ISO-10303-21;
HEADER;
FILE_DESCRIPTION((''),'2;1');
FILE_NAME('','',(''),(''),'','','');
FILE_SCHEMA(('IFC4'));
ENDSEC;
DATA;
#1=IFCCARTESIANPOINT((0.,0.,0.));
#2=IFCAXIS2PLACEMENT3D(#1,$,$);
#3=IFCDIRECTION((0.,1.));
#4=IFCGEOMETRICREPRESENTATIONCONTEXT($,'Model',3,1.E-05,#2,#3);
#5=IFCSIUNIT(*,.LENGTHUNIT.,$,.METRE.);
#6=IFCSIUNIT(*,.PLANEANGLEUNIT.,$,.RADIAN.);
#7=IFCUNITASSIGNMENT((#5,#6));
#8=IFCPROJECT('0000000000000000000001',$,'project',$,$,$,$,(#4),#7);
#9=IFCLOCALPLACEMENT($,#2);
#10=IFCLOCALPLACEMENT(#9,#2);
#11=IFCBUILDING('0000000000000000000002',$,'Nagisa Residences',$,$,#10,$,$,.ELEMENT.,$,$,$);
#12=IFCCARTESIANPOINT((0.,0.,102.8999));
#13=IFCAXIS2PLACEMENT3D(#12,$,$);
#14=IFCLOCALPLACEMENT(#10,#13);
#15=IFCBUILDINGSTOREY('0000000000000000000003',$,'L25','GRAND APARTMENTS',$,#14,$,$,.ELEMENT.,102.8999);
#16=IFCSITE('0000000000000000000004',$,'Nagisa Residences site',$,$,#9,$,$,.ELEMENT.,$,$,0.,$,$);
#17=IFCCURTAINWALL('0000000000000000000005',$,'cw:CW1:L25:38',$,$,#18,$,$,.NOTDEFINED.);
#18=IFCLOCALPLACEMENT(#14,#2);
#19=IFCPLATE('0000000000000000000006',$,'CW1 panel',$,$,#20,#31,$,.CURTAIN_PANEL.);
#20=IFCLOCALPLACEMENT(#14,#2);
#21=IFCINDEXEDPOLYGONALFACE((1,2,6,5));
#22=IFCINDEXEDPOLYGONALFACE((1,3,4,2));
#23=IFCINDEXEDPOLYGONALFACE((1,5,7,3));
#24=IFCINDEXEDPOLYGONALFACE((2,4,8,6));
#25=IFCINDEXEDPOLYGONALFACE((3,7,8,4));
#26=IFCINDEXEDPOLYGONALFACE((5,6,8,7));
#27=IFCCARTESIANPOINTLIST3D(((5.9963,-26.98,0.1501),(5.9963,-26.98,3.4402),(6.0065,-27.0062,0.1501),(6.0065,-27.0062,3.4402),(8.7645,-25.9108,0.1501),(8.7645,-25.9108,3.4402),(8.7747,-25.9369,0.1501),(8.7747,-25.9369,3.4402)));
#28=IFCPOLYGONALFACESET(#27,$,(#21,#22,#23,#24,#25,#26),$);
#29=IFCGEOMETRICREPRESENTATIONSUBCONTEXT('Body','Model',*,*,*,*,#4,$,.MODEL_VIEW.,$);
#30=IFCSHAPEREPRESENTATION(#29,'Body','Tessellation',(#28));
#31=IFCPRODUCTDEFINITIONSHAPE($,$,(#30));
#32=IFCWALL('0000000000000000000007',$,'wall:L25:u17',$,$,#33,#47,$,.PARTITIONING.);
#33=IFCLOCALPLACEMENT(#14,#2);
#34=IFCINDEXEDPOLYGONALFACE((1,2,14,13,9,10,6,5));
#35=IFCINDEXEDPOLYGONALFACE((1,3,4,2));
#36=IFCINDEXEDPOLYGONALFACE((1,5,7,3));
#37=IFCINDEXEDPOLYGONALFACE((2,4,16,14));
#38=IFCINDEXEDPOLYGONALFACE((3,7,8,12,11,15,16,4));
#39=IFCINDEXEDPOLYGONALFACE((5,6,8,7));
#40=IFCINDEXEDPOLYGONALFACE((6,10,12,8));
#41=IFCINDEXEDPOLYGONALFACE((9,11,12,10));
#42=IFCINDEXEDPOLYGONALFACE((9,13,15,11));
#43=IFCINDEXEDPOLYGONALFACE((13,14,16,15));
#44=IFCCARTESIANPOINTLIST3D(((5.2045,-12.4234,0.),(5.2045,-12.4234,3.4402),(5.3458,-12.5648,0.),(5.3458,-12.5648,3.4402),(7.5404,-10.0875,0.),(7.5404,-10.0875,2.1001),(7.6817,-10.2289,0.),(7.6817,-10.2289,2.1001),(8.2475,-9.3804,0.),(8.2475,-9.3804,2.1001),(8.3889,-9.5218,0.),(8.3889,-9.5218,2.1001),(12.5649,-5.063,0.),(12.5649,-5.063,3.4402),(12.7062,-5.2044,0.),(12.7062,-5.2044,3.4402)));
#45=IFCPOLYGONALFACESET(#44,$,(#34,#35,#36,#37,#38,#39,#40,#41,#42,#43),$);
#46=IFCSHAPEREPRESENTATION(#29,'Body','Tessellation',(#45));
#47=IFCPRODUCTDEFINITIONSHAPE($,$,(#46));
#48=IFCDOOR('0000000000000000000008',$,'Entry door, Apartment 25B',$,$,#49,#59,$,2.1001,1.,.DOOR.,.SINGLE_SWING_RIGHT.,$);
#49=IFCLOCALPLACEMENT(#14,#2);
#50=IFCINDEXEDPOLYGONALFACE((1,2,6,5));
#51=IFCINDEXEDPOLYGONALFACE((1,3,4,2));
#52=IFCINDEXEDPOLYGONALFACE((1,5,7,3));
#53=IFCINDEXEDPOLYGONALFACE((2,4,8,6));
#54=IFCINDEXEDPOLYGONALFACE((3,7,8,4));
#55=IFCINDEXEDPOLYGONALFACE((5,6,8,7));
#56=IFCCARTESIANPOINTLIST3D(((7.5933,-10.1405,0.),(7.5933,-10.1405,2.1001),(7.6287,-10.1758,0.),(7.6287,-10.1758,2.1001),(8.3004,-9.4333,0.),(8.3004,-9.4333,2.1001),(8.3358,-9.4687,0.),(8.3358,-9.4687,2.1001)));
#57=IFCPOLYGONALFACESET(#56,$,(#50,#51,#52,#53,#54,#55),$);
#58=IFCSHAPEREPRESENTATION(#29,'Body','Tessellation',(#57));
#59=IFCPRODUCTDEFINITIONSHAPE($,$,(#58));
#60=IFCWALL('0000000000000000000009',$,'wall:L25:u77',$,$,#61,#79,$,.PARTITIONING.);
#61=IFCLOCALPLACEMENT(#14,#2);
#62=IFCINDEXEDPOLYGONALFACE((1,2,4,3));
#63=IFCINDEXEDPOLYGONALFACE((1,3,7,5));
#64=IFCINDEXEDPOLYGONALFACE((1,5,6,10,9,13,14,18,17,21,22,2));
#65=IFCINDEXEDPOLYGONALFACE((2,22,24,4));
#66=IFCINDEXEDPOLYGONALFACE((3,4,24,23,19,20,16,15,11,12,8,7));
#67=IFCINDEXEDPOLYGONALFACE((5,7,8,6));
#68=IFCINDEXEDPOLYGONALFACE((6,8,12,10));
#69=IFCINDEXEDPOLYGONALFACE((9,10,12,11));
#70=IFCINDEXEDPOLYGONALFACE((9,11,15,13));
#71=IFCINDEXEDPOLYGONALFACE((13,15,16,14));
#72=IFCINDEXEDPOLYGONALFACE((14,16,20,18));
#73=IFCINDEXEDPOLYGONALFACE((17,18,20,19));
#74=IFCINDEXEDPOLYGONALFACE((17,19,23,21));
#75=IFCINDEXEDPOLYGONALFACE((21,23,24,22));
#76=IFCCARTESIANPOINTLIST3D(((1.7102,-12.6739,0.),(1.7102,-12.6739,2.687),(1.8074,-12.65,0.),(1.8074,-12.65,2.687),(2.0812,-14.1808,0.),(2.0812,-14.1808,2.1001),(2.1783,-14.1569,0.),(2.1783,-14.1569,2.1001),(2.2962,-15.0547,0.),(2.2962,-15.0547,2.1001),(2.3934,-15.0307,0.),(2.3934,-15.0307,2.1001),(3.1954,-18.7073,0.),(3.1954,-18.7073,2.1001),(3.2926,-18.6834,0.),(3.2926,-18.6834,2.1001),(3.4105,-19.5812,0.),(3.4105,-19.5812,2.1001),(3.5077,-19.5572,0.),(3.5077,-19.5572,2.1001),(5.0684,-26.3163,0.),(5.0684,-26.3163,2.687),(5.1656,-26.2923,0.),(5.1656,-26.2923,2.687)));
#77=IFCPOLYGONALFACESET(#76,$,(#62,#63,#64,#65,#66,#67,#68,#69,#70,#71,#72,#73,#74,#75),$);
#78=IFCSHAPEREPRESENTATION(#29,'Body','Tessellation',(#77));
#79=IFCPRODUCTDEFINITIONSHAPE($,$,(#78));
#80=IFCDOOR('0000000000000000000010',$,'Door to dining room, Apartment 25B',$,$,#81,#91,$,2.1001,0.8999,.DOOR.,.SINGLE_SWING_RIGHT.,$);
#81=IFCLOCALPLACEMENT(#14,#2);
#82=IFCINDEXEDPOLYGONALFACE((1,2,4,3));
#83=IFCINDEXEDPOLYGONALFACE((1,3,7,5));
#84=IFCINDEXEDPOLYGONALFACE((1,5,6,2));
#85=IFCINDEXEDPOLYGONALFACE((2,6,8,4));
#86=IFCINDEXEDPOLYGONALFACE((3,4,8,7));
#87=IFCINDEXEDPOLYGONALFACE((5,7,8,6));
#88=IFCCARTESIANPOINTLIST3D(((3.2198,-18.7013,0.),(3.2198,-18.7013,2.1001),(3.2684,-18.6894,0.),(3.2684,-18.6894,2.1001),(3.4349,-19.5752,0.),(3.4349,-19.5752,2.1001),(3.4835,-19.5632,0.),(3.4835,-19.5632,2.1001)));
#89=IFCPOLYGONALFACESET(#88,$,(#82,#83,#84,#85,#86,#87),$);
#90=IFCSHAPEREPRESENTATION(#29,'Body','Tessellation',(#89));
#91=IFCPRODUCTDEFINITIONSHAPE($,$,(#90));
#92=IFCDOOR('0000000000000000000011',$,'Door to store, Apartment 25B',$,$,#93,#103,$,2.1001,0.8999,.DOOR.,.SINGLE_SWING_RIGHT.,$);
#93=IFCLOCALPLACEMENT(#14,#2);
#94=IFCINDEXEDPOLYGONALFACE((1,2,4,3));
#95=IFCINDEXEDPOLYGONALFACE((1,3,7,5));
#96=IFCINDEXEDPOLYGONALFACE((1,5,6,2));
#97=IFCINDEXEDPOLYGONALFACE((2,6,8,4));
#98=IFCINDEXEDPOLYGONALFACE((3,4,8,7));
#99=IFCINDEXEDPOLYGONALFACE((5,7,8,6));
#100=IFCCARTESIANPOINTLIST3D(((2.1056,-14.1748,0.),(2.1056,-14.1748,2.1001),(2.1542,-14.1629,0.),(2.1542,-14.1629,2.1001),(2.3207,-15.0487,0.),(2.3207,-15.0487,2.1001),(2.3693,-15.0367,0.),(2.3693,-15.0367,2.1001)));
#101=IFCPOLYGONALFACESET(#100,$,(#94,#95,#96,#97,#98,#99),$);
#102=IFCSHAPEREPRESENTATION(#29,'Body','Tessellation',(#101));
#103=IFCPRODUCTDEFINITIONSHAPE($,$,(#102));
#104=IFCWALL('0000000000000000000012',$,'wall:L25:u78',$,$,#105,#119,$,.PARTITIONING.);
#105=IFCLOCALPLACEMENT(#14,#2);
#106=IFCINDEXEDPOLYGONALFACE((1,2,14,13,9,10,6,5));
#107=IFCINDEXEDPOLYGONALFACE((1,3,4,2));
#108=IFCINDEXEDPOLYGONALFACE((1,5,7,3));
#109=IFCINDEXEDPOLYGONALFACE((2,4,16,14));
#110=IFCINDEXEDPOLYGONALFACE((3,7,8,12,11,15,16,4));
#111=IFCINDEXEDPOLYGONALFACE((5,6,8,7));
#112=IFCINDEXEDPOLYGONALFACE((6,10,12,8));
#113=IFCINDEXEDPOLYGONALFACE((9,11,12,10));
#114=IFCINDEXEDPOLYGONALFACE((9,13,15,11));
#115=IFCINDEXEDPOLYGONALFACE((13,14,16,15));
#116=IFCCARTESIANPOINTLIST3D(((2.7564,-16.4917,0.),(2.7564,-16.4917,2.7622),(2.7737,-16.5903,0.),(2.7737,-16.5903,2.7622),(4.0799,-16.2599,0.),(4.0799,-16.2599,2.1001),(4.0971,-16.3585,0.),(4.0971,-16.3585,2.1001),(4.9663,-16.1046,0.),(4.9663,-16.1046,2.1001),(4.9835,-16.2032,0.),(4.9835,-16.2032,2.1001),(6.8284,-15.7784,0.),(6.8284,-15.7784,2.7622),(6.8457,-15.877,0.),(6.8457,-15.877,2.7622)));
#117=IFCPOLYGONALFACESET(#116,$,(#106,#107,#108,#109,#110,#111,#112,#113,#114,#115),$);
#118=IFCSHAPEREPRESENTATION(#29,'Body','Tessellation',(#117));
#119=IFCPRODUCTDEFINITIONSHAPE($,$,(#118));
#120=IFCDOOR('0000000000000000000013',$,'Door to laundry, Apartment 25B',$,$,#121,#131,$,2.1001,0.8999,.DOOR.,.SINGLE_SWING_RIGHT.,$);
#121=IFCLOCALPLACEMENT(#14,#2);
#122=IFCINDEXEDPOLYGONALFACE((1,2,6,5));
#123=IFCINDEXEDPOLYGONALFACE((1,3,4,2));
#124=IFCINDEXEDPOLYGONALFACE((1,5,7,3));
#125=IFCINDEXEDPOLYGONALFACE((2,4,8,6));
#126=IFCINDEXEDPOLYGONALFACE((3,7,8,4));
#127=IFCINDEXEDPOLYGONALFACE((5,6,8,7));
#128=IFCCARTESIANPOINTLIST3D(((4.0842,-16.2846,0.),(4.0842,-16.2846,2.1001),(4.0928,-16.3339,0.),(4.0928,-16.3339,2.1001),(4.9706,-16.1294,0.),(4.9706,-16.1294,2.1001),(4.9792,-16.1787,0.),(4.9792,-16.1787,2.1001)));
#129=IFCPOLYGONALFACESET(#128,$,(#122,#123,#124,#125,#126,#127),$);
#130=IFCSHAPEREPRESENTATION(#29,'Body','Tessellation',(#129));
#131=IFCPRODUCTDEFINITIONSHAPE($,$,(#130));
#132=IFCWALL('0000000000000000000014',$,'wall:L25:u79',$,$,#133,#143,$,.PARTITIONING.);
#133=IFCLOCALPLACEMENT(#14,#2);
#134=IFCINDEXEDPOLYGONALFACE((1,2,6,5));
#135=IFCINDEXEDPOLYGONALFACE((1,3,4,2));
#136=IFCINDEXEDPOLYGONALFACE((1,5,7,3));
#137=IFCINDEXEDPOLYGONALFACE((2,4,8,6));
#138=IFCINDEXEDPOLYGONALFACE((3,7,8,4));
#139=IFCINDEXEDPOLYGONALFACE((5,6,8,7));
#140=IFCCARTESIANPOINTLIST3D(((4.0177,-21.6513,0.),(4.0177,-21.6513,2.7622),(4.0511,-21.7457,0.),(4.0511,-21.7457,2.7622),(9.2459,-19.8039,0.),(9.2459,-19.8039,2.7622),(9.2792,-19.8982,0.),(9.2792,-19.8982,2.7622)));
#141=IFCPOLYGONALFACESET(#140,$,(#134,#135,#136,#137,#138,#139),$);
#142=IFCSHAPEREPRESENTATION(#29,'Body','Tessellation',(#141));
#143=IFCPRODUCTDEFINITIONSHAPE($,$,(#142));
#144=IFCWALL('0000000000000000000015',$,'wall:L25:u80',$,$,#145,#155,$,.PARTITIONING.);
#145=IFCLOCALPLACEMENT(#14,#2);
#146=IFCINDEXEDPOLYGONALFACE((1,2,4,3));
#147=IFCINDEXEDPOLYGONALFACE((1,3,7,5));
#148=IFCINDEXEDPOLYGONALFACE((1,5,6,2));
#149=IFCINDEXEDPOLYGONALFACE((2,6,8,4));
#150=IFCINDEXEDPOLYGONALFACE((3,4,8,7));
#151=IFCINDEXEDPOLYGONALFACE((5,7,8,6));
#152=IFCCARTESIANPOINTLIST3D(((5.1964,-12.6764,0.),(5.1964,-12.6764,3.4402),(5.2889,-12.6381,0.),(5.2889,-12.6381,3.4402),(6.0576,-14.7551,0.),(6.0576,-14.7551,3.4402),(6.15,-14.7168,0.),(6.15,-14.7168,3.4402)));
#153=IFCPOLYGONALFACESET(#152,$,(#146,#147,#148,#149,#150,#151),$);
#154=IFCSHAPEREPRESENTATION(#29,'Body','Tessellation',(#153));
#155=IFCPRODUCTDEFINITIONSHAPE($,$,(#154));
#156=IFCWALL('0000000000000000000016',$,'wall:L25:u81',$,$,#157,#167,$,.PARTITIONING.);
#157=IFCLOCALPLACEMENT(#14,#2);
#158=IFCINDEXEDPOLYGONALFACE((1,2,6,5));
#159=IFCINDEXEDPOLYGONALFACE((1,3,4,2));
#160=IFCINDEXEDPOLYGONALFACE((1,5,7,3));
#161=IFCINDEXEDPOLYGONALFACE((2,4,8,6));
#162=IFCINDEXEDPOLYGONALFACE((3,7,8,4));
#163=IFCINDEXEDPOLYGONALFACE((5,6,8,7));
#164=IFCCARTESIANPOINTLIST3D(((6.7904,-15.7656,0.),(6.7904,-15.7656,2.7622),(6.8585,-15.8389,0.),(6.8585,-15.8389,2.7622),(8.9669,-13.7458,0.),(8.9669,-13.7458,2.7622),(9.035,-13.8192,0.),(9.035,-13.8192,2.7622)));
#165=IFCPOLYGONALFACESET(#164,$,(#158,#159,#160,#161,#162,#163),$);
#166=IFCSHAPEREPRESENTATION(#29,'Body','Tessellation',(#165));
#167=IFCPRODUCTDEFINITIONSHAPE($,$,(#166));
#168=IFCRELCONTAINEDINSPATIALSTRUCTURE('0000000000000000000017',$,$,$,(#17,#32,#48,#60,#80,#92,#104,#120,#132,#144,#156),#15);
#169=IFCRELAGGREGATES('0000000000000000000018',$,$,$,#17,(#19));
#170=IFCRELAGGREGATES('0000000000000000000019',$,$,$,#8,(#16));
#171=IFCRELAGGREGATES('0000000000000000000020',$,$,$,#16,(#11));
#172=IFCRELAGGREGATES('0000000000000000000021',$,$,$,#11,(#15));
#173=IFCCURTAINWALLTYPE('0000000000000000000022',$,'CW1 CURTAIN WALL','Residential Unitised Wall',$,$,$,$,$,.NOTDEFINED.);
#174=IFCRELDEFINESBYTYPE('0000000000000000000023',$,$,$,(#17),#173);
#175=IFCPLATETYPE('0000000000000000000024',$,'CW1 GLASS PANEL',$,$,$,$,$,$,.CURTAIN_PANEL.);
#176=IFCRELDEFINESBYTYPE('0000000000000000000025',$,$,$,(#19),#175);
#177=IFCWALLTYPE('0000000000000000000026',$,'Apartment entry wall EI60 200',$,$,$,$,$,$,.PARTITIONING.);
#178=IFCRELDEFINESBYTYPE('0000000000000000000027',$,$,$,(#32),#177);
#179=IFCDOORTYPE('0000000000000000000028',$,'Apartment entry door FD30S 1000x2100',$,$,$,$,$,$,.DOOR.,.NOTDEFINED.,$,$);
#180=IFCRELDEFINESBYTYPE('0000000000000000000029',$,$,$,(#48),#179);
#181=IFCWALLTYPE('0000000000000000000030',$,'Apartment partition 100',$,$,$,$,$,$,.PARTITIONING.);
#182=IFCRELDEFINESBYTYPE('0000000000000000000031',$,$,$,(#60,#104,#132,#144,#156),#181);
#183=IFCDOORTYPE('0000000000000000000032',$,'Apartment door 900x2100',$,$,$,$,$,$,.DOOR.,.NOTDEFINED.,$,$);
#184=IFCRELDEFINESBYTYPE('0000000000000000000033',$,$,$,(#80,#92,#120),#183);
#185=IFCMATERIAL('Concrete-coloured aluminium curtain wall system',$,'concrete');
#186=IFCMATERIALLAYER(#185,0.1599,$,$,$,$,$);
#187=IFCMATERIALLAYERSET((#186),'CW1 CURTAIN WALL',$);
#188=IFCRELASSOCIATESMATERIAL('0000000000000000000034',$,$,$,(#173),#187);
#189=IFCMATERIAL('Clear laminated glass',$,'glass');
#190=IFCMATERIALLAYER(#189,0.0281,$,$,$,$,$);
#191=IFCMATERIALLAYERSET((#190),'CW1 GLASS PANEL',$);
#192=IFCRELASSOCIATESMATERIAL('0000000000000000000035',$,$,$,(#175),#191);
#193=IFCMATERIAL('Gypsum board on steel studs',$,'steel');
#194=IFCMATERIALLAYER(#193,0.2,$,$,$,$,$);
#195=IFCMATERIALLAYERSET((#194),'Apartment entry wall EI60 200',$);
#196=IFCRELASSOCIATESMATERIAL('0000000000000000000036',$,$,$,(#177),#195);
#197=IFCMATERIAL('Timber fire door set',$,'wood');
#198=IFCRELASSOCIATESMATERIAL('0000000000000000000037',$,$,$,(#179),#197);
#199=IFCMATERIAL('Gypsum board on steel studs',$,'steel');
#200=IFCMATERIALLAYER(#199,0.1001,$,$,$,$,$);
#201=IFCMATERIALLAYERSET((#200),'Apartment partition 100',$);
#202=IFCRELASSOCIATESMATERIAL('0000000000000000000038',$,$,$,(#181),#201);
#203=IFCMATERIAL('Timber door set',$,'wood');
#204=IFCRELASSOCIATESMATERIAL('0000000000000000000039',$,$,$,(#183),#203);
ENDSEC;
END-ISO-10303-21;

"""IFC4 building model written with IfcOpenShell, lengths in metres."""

from ifc_helpers import new_model, si_unit, direction, frame, frame_2d, origin, origin_2d, place, context, subcontext, project, spatial, rectangle, extrude, material, layer, layer_set, type_object, element, fill, aggregate, save


model = new_model("IFC4")

# Units and contexts
model_context = context("Model", 3, precision=1e-05, world=origin(), true_north=direction((0.0, 1.0)))
body_context = subcontext(model_context, "Body", "Model", "MODEL_VIEW")
ifc_project = project(units=[si_unit("LENGTHUNIT", "METRE"), si_unit("PLANEANGLEUNIT", "RADIAN")], contexts=[model_context])

# Site, building, storey
site_placement = place(None, origin())
site = spatial("IfcSite", under=ifc_project, at=site_placement, Name="Nagisa Residences site", CompositionType="ELEMENT", RefElevation=0.0)
building_placement = place(site_placement, origin())
building = spatial("IfcBuilding", under=site, at=building_placement, Name="Nagisa Residences", CompositionType="ELEMENT")
storey_placement = place(building_placement, frame((0.0, 0.0, 102.8999)))
storey = spatial("IfcBuildingStorey", under=building, at=storey_placement, Name="L25", Description="GRAND APARTMENTS", CompositionType="ELEMENT", Elevation=102.8999)

# Curtain wall
ifc_material_1 = material(Name="Concrete-coloured aluminium curtain wall system", Category="concrete")
ifc_layer_1 = layer(ifc_material_1, 0.1599)
ifc_layer_set_1 = layer_set([ifc_layer_1], Name="CW1 CURTAIN WALL")
curtain_wall_type = type_object("IfcCurtainWallType", Name="CW1 CURTAIN WALL", Description="Residential Unitised Wall", PredefinedType="NOTDEFINED", material=ifc_layer_set_1)
curtain_wall_1_placement = place(storey_placement, origin())
curtain_wall_1 = element("IfcCurtainWall", 1, at=curtain_wall_1_placement, inside=storey, type_object=curtain_wall_type, Name="cw:CW1:L25:38", PredefinedType="NOTDEFINED")

# Shared definitions
ifc_material_2 = material(Name="Clear laminated glass", Category="glass")
ifc_layer_2 = layer(ifc_material_2, 0.0281)
ifc_layer_set_2 = layer_set([ifc_layer_2], Name="CW1 GLASS PANEL")
plate_type = type_object("IfcPlateType", Name="CW1 GLASS PANEL", PredefinedType="CURTAIN_PANEL", material=ifc_layer_set_2)

# Plate
plate_1_placement = place(storey_placement, frame((7.3855, -26.4585, 0.1501), z_axis=(0.0, 0.0, 1.0), x_axis=(0.932826, 0.360328, 0.0)))
plate_1 = element("IfcPlate", 2, at=plate_1_placement, type_object=plate_type, Name="CW1 panel", PredefinedType="CURTAIN_PANEL", context=body_context, shape_type="SweptSolid", body=[
    extrude(rectangle(XDim=2.9675, YDim=0.0281, at=origin_2d()), origin(), (0.0, 0.0, 1.0), 3.29),
])
aggregate(curtain_wall_1, [plate_1])

# Wall, opening, door
ifc_material_3 = material(Name="Gypsum board on steel studs", Category="steel")
ifc_layer_3 = layer(ifc_material_3, 0.2)
ifc_layer_set_3 = layer_set([ifc_layer_3], Name="Apartment entry wall EI60 200")
wall_type_1 = type_object("IfcWallType", Name="Apartment entry wall EI60 200", PredefinedType="PARTITIONING", material=ifc_layer_set_3)
wall_1_placement = place(storey_placement, frame((5.2751, -12.4941, 0.0), z_axis=(0.0, 0.0, 1.0), x_axis=(0.707107, 0.707107, 0.0)))
wall_1 = element("IfcWall", 3, at=wall_1_placement, inside=storey, type_object=wall_type_1, Name="wall:L25:u17", PredefinedType="PARTITIONING", context=body_context, shape_type="SweptSolid", body=[
    extrude(rectangle(XDim=10.4092, YDim=0.2, at=frame_2d((5.2046, 0.0))), origin(), (0.0, 0.0, 1.0), 3.4402),
])
opening_1_placement = place(wall_1_placement, frame((3.3035, 0.0, 0.0)))
opening_1 = element("IfcOpeningElement", 4, at=opening_1_placement, cuts=wall_1, PredefinedType="OPENING", context=body_context, shape_type="SweptSolid", body=[
    extrude(rectangle(XDim=1.0, YDim=2.1001, at=frame_2d((0.5, 1.05))), frame((0.0, 0.1099, 0.0), z_axis=(0.0, -1.0, 0.0), x_axis=(1.0, 0.0, 0.0)), (0.0, 0.0, 1.0), 0.22),
])
ifc_material_4 = material(Name="Timber fire door set", Category="wood")
door_type_1 = type_object("IfcDoorType", Name="Apartment entry door FD30S 1000x2100", OperationType="NOTDEFINED", PredefinedType="DOOR", material=ifc_material_4)
door_1_placement = place(opening_1_placement, frame((1.0, 0.0, 0.0), x_axis=(-1.0, 0.0, 0.0)))
door_1 = element("IfcDoor", 5, at=door_1_placement, inside=storey, type_object=door_type_1, Name="Entry door, Apartment 25B", OperationType="SINGLE_SWING_RIGHT", OverallHeight=2.1001, OverallWidth=1.0, PredefinedType="DOOR", context=body_context, shape_type="SweptSolid", body=[
    extrude(rectangle(XDim=1.0, YDim=2.1001, at=frame_2d((0.5, 1.05))), frame((0.0, 0.0249, 0.0), z_axis=(0.0, -1.0, 0.0), x_axis=(1.0, 0.0, 0.0)), (0.0, 0.0, 1.0), 0.05),
])
fill(opening_1, door_1)

# Wall, openings, doors
ifc_material_5 = material(Name="Gypsum board on steel studs", Category="steel")
ifc_layer_4 = layer(ifc_material_5, 0.1001)
ifc_layer_set_4 = layer_set([ifc_layer_4], Name="Apartment partition 100")
wall_type_2 = type_object("IfcWallType", Name="Apartment partition 100", PredefinedType="PARTITIONING", material=ifc_layer_set_4)
wall_2_placement = place(storey_placement, frame((1.7588, -12.6619, 0.0), z_axis=(0.0, 0.0, 1.0), x_axis=(0.239022, -0.971014, 0.0)))
wall_2 = element("IfcWall", 6, at=wall_2_placement, inside=storey, type_object=wall_type_2, Name="wall:L25:u77", PredefinedType="PARTITIONING", context=body_context, shape_type="SweptSolid", body=[
    extrude(rectangle(XDim=14.0496, YDim=0.1001, at=frame_2d((7.0249, 0.0))), origin(), (0.0, 0.0, 1.0), 2.687),
])
opening_2_placement = place(wall_2_placement, frame((6.2136, 0.0, 0.0)))
opening_2 = element("IfcOpeningElement", 7, at=opening_2_placement, cuts=wall_2, PredefinedType="OPENING", context=body_context, shape_type="SweptSolid", body=[
    extrude(rectangle(XDim=0.8999, YDim=2.1001, at=frame_2d((0.45, 1.05))), frame((0.0, 0.0601, 0.0), z_axis=(0.0, -1.0, 0.0), x_axis=(1.0, 0.0, 0.0)), (0.0, 0.0, 1.0), 0.1201),
])
opening_3_placement = place(wall_2_placement, frame((1.552, 0.0, 0.0)))
opening_3 = element("IfcOpeningElement", 8, at=opening_3_placement, cuts=wall_2, PredefinedType="OPENING", context=body_context, shape_type="SweptSolid", body=[
    extrude(rectangle(XDim=0.8999, YDim=2.1001, at=frame_2d((0.45, 1.05))), frame((0.0, 0.0601, 0.0), z_axis=(0.0, -1.0, 0.0), x_axis=(1.0, 0.0, 0.0)), (0.0, 0.0, 1.0), 0.1201),
])
ifc_material_6 = material(Name="Timber door set", Category="wood")
door_type_2 = type_object("IfcDoorType", Name="Apartment door 900x2100", OperationType="NOTDEFINED", PredefinedType="DOOR", material=ifc_material_6)
door_2_placement = place(opening_2_placement, frame((0.8999, 0.0, 0.0), x_axis=(-1.0, 0.0, 0.0)))
door_2 = element("IfcDoor", 9, at=door_2_placement, inside=storey, type_object=door_type_2, Name="Door to dining room, Apartment 25B", OperationType="SINGLE_SWING_RIGHT", OverallHeight=2.1001, OverallWidth=0.8999, PredefinedType="DOOR", context=body_context, shape_type="SweptSolid", body=[
    extrude(rectangle(XDim=0.8999, YDim=2.1001, at=frame_2d((0.45, 1.05))), frame((0.0, 0.0249, 0.0), z_axis=(0.0, -1.0, 0.0), x_axis=(1.0, 0.0, 0.0)), (0.0, 0.0, 1.0), 0.05),
])
fill(opening_2, door_2)
door_3_placement = place(opening_3_placement, frame((0.8999, 0.0, 0.0), x_axis=(-1.0, 0.0, 0.0)))
door_3 = element("IfcDoor", 10, at=door_3_placement, inside=storey, type_object=door_type_2, Name="Door to store, Apartment 25B", OperationType="SINGLE_SWING_RIGHT", OverallHeight=2.1001, OverallWidth=0.8999, PredefinedType="DOOR", context=body_context, shape_type="SweptSolid", body=[
    extrude(rectangle(XDim=0.8999, YDim=2.1001, at=frame_2d((0.45, 1.05))), frame((0.0, 0.0249, 0.0), z_axis=(0.0, -1.0, 0.0), x_axis=(1.0, 0.0, 0.0)), (0.0, 0.0, 1.0), 0.05),
])
fill(opening_3, door_3)

# Wall, opening, door
wall_3_placement = place(storey_placement, frame((2.7651, -16.541, 0.0), z_axis=(0.0, 0.0, 1.0), x_axis=(0.984999, 0.172562, 0.0)))
wall_3 = element("IfcWall", 11, at=wall_3_placement, inside=storey, type_object=wall_type_2, Name="wall:L25:u78", PredefinedType="PARTITIONING", context=body_context, shape_type="SweptSolid", body=[
    extrude(rectangle(XDim=4.134, YDim=0.1001, at=frame_2d((2.0669, 0.0))), origin(), (0.0, 0.0, 1.0), 2.7622),
])
opening_4_placement = place(wall_3_placement, frame((1.3435, 0.0, 0.0)))
opening_4 = element("IfcOpeningElement", 12, at=opening_4_placement, cuts=wall_3, PredefinedType="OPENING", context=body_context, shape_type="SweptSolid", body=[
    extrude(rectangle(XDim=0.8999, YDim=2.1001, at=frame_2d((0.45, 1.05))), frame((0.0, 0.0601, 0.0), z_axis=(0.0, -1.0, 0.0), x_axis=(1.0, 0.0, 0.0)), (0.0, 0.0, 1.0), 0.1201),
])
door_4_placement = place(opening_4_placement, origin())
door_4 = element("IfcDoor", 13, at=door_4_placement, inside=storey, type_object=door_type_2, Name="Door to laundry, Apartment 25B", OperationType="SINGLE_SWING_RIGHT", OverallHeight=2.1001, OverallWidth=0.8999, PredefinedType="DOOR", context=body_context, shape_type="SweptSolid", body=[
    extrude(rectangle(XDim=0.8999, YDim=2.1001, at=frame_2d((0.45, 1.05))), frame((0.0, 0.0249, 0.0), z_axis=(0.0, -1.0, 0.0), x_axis=(1.0, 0.0, 0.0)), (0.0, 0.0, 1.0), 0.05),
])
fill(opening_4, door_4)

# Walls
wall_4_placement = place(storey_placement, frame((4.0344, -21.6985, 0.0), z_axis=(0.0, 0.0, 1.0), x_axis=(0.942864, 0.333177, 0.0)))
element("IfcWall", 14, at=wall_4_placement, inside=storey, type_object=wall_type_2, Name="wall:L25:u79", PredefinedType="PARTITIONING", context=body_context, shape_type="SweptSolid", body=[
    extrude(rectangle(XDim=5.5449, YDim=0.1001, at=frame_2d((2.7725, 0.0))), origin(), (0.0, 0.0, 1.0), 2.7622),
])
wall_5_placement = place(storey_placement, frame((5.2427, -12.6572, 0.0), z_axis=(0.0, 0.0, 1.0), x_axis=(0.382719, -0.923865, 0.0)))
element("IfcWall", 15, at=wall_5_placement, inside=storey, type_object=wall_type_2, Name="wall:L25:u80", PredefinedType="PARTITIONING", context=body_context, shape_type="SweptSolid", body=[
    extrude(rectangle(XDim=2.25, YDim=0.1001, at=frame_2d((1.125, 0.0))), origin(), (0.0, 0.0, 1.0), 3.4402),
])
wall_6_placement = place(storey_placement, frame((6.8245, -15.8022, 0.0), z_axis=(0.0, 0.0, 1.0), x_axis=(0.733007, 0.680221, 0.0)))
element("IfcWall", 16, at=wall_6_placement, inside=storey, type_object=wall_type_2, Name="wall:L25:u81", PredefinedType="PARTITIONING", context=body_context, shape_type="SweptSolid", body=[
    extrude(rectangle(XDim=2.9692, YDim=0.1001, at=frame_2d((1.4846, 0.0))), origin(), (0.0, 0.0, 1.0), 2.7622),
])

save(model, "model.ifc")
